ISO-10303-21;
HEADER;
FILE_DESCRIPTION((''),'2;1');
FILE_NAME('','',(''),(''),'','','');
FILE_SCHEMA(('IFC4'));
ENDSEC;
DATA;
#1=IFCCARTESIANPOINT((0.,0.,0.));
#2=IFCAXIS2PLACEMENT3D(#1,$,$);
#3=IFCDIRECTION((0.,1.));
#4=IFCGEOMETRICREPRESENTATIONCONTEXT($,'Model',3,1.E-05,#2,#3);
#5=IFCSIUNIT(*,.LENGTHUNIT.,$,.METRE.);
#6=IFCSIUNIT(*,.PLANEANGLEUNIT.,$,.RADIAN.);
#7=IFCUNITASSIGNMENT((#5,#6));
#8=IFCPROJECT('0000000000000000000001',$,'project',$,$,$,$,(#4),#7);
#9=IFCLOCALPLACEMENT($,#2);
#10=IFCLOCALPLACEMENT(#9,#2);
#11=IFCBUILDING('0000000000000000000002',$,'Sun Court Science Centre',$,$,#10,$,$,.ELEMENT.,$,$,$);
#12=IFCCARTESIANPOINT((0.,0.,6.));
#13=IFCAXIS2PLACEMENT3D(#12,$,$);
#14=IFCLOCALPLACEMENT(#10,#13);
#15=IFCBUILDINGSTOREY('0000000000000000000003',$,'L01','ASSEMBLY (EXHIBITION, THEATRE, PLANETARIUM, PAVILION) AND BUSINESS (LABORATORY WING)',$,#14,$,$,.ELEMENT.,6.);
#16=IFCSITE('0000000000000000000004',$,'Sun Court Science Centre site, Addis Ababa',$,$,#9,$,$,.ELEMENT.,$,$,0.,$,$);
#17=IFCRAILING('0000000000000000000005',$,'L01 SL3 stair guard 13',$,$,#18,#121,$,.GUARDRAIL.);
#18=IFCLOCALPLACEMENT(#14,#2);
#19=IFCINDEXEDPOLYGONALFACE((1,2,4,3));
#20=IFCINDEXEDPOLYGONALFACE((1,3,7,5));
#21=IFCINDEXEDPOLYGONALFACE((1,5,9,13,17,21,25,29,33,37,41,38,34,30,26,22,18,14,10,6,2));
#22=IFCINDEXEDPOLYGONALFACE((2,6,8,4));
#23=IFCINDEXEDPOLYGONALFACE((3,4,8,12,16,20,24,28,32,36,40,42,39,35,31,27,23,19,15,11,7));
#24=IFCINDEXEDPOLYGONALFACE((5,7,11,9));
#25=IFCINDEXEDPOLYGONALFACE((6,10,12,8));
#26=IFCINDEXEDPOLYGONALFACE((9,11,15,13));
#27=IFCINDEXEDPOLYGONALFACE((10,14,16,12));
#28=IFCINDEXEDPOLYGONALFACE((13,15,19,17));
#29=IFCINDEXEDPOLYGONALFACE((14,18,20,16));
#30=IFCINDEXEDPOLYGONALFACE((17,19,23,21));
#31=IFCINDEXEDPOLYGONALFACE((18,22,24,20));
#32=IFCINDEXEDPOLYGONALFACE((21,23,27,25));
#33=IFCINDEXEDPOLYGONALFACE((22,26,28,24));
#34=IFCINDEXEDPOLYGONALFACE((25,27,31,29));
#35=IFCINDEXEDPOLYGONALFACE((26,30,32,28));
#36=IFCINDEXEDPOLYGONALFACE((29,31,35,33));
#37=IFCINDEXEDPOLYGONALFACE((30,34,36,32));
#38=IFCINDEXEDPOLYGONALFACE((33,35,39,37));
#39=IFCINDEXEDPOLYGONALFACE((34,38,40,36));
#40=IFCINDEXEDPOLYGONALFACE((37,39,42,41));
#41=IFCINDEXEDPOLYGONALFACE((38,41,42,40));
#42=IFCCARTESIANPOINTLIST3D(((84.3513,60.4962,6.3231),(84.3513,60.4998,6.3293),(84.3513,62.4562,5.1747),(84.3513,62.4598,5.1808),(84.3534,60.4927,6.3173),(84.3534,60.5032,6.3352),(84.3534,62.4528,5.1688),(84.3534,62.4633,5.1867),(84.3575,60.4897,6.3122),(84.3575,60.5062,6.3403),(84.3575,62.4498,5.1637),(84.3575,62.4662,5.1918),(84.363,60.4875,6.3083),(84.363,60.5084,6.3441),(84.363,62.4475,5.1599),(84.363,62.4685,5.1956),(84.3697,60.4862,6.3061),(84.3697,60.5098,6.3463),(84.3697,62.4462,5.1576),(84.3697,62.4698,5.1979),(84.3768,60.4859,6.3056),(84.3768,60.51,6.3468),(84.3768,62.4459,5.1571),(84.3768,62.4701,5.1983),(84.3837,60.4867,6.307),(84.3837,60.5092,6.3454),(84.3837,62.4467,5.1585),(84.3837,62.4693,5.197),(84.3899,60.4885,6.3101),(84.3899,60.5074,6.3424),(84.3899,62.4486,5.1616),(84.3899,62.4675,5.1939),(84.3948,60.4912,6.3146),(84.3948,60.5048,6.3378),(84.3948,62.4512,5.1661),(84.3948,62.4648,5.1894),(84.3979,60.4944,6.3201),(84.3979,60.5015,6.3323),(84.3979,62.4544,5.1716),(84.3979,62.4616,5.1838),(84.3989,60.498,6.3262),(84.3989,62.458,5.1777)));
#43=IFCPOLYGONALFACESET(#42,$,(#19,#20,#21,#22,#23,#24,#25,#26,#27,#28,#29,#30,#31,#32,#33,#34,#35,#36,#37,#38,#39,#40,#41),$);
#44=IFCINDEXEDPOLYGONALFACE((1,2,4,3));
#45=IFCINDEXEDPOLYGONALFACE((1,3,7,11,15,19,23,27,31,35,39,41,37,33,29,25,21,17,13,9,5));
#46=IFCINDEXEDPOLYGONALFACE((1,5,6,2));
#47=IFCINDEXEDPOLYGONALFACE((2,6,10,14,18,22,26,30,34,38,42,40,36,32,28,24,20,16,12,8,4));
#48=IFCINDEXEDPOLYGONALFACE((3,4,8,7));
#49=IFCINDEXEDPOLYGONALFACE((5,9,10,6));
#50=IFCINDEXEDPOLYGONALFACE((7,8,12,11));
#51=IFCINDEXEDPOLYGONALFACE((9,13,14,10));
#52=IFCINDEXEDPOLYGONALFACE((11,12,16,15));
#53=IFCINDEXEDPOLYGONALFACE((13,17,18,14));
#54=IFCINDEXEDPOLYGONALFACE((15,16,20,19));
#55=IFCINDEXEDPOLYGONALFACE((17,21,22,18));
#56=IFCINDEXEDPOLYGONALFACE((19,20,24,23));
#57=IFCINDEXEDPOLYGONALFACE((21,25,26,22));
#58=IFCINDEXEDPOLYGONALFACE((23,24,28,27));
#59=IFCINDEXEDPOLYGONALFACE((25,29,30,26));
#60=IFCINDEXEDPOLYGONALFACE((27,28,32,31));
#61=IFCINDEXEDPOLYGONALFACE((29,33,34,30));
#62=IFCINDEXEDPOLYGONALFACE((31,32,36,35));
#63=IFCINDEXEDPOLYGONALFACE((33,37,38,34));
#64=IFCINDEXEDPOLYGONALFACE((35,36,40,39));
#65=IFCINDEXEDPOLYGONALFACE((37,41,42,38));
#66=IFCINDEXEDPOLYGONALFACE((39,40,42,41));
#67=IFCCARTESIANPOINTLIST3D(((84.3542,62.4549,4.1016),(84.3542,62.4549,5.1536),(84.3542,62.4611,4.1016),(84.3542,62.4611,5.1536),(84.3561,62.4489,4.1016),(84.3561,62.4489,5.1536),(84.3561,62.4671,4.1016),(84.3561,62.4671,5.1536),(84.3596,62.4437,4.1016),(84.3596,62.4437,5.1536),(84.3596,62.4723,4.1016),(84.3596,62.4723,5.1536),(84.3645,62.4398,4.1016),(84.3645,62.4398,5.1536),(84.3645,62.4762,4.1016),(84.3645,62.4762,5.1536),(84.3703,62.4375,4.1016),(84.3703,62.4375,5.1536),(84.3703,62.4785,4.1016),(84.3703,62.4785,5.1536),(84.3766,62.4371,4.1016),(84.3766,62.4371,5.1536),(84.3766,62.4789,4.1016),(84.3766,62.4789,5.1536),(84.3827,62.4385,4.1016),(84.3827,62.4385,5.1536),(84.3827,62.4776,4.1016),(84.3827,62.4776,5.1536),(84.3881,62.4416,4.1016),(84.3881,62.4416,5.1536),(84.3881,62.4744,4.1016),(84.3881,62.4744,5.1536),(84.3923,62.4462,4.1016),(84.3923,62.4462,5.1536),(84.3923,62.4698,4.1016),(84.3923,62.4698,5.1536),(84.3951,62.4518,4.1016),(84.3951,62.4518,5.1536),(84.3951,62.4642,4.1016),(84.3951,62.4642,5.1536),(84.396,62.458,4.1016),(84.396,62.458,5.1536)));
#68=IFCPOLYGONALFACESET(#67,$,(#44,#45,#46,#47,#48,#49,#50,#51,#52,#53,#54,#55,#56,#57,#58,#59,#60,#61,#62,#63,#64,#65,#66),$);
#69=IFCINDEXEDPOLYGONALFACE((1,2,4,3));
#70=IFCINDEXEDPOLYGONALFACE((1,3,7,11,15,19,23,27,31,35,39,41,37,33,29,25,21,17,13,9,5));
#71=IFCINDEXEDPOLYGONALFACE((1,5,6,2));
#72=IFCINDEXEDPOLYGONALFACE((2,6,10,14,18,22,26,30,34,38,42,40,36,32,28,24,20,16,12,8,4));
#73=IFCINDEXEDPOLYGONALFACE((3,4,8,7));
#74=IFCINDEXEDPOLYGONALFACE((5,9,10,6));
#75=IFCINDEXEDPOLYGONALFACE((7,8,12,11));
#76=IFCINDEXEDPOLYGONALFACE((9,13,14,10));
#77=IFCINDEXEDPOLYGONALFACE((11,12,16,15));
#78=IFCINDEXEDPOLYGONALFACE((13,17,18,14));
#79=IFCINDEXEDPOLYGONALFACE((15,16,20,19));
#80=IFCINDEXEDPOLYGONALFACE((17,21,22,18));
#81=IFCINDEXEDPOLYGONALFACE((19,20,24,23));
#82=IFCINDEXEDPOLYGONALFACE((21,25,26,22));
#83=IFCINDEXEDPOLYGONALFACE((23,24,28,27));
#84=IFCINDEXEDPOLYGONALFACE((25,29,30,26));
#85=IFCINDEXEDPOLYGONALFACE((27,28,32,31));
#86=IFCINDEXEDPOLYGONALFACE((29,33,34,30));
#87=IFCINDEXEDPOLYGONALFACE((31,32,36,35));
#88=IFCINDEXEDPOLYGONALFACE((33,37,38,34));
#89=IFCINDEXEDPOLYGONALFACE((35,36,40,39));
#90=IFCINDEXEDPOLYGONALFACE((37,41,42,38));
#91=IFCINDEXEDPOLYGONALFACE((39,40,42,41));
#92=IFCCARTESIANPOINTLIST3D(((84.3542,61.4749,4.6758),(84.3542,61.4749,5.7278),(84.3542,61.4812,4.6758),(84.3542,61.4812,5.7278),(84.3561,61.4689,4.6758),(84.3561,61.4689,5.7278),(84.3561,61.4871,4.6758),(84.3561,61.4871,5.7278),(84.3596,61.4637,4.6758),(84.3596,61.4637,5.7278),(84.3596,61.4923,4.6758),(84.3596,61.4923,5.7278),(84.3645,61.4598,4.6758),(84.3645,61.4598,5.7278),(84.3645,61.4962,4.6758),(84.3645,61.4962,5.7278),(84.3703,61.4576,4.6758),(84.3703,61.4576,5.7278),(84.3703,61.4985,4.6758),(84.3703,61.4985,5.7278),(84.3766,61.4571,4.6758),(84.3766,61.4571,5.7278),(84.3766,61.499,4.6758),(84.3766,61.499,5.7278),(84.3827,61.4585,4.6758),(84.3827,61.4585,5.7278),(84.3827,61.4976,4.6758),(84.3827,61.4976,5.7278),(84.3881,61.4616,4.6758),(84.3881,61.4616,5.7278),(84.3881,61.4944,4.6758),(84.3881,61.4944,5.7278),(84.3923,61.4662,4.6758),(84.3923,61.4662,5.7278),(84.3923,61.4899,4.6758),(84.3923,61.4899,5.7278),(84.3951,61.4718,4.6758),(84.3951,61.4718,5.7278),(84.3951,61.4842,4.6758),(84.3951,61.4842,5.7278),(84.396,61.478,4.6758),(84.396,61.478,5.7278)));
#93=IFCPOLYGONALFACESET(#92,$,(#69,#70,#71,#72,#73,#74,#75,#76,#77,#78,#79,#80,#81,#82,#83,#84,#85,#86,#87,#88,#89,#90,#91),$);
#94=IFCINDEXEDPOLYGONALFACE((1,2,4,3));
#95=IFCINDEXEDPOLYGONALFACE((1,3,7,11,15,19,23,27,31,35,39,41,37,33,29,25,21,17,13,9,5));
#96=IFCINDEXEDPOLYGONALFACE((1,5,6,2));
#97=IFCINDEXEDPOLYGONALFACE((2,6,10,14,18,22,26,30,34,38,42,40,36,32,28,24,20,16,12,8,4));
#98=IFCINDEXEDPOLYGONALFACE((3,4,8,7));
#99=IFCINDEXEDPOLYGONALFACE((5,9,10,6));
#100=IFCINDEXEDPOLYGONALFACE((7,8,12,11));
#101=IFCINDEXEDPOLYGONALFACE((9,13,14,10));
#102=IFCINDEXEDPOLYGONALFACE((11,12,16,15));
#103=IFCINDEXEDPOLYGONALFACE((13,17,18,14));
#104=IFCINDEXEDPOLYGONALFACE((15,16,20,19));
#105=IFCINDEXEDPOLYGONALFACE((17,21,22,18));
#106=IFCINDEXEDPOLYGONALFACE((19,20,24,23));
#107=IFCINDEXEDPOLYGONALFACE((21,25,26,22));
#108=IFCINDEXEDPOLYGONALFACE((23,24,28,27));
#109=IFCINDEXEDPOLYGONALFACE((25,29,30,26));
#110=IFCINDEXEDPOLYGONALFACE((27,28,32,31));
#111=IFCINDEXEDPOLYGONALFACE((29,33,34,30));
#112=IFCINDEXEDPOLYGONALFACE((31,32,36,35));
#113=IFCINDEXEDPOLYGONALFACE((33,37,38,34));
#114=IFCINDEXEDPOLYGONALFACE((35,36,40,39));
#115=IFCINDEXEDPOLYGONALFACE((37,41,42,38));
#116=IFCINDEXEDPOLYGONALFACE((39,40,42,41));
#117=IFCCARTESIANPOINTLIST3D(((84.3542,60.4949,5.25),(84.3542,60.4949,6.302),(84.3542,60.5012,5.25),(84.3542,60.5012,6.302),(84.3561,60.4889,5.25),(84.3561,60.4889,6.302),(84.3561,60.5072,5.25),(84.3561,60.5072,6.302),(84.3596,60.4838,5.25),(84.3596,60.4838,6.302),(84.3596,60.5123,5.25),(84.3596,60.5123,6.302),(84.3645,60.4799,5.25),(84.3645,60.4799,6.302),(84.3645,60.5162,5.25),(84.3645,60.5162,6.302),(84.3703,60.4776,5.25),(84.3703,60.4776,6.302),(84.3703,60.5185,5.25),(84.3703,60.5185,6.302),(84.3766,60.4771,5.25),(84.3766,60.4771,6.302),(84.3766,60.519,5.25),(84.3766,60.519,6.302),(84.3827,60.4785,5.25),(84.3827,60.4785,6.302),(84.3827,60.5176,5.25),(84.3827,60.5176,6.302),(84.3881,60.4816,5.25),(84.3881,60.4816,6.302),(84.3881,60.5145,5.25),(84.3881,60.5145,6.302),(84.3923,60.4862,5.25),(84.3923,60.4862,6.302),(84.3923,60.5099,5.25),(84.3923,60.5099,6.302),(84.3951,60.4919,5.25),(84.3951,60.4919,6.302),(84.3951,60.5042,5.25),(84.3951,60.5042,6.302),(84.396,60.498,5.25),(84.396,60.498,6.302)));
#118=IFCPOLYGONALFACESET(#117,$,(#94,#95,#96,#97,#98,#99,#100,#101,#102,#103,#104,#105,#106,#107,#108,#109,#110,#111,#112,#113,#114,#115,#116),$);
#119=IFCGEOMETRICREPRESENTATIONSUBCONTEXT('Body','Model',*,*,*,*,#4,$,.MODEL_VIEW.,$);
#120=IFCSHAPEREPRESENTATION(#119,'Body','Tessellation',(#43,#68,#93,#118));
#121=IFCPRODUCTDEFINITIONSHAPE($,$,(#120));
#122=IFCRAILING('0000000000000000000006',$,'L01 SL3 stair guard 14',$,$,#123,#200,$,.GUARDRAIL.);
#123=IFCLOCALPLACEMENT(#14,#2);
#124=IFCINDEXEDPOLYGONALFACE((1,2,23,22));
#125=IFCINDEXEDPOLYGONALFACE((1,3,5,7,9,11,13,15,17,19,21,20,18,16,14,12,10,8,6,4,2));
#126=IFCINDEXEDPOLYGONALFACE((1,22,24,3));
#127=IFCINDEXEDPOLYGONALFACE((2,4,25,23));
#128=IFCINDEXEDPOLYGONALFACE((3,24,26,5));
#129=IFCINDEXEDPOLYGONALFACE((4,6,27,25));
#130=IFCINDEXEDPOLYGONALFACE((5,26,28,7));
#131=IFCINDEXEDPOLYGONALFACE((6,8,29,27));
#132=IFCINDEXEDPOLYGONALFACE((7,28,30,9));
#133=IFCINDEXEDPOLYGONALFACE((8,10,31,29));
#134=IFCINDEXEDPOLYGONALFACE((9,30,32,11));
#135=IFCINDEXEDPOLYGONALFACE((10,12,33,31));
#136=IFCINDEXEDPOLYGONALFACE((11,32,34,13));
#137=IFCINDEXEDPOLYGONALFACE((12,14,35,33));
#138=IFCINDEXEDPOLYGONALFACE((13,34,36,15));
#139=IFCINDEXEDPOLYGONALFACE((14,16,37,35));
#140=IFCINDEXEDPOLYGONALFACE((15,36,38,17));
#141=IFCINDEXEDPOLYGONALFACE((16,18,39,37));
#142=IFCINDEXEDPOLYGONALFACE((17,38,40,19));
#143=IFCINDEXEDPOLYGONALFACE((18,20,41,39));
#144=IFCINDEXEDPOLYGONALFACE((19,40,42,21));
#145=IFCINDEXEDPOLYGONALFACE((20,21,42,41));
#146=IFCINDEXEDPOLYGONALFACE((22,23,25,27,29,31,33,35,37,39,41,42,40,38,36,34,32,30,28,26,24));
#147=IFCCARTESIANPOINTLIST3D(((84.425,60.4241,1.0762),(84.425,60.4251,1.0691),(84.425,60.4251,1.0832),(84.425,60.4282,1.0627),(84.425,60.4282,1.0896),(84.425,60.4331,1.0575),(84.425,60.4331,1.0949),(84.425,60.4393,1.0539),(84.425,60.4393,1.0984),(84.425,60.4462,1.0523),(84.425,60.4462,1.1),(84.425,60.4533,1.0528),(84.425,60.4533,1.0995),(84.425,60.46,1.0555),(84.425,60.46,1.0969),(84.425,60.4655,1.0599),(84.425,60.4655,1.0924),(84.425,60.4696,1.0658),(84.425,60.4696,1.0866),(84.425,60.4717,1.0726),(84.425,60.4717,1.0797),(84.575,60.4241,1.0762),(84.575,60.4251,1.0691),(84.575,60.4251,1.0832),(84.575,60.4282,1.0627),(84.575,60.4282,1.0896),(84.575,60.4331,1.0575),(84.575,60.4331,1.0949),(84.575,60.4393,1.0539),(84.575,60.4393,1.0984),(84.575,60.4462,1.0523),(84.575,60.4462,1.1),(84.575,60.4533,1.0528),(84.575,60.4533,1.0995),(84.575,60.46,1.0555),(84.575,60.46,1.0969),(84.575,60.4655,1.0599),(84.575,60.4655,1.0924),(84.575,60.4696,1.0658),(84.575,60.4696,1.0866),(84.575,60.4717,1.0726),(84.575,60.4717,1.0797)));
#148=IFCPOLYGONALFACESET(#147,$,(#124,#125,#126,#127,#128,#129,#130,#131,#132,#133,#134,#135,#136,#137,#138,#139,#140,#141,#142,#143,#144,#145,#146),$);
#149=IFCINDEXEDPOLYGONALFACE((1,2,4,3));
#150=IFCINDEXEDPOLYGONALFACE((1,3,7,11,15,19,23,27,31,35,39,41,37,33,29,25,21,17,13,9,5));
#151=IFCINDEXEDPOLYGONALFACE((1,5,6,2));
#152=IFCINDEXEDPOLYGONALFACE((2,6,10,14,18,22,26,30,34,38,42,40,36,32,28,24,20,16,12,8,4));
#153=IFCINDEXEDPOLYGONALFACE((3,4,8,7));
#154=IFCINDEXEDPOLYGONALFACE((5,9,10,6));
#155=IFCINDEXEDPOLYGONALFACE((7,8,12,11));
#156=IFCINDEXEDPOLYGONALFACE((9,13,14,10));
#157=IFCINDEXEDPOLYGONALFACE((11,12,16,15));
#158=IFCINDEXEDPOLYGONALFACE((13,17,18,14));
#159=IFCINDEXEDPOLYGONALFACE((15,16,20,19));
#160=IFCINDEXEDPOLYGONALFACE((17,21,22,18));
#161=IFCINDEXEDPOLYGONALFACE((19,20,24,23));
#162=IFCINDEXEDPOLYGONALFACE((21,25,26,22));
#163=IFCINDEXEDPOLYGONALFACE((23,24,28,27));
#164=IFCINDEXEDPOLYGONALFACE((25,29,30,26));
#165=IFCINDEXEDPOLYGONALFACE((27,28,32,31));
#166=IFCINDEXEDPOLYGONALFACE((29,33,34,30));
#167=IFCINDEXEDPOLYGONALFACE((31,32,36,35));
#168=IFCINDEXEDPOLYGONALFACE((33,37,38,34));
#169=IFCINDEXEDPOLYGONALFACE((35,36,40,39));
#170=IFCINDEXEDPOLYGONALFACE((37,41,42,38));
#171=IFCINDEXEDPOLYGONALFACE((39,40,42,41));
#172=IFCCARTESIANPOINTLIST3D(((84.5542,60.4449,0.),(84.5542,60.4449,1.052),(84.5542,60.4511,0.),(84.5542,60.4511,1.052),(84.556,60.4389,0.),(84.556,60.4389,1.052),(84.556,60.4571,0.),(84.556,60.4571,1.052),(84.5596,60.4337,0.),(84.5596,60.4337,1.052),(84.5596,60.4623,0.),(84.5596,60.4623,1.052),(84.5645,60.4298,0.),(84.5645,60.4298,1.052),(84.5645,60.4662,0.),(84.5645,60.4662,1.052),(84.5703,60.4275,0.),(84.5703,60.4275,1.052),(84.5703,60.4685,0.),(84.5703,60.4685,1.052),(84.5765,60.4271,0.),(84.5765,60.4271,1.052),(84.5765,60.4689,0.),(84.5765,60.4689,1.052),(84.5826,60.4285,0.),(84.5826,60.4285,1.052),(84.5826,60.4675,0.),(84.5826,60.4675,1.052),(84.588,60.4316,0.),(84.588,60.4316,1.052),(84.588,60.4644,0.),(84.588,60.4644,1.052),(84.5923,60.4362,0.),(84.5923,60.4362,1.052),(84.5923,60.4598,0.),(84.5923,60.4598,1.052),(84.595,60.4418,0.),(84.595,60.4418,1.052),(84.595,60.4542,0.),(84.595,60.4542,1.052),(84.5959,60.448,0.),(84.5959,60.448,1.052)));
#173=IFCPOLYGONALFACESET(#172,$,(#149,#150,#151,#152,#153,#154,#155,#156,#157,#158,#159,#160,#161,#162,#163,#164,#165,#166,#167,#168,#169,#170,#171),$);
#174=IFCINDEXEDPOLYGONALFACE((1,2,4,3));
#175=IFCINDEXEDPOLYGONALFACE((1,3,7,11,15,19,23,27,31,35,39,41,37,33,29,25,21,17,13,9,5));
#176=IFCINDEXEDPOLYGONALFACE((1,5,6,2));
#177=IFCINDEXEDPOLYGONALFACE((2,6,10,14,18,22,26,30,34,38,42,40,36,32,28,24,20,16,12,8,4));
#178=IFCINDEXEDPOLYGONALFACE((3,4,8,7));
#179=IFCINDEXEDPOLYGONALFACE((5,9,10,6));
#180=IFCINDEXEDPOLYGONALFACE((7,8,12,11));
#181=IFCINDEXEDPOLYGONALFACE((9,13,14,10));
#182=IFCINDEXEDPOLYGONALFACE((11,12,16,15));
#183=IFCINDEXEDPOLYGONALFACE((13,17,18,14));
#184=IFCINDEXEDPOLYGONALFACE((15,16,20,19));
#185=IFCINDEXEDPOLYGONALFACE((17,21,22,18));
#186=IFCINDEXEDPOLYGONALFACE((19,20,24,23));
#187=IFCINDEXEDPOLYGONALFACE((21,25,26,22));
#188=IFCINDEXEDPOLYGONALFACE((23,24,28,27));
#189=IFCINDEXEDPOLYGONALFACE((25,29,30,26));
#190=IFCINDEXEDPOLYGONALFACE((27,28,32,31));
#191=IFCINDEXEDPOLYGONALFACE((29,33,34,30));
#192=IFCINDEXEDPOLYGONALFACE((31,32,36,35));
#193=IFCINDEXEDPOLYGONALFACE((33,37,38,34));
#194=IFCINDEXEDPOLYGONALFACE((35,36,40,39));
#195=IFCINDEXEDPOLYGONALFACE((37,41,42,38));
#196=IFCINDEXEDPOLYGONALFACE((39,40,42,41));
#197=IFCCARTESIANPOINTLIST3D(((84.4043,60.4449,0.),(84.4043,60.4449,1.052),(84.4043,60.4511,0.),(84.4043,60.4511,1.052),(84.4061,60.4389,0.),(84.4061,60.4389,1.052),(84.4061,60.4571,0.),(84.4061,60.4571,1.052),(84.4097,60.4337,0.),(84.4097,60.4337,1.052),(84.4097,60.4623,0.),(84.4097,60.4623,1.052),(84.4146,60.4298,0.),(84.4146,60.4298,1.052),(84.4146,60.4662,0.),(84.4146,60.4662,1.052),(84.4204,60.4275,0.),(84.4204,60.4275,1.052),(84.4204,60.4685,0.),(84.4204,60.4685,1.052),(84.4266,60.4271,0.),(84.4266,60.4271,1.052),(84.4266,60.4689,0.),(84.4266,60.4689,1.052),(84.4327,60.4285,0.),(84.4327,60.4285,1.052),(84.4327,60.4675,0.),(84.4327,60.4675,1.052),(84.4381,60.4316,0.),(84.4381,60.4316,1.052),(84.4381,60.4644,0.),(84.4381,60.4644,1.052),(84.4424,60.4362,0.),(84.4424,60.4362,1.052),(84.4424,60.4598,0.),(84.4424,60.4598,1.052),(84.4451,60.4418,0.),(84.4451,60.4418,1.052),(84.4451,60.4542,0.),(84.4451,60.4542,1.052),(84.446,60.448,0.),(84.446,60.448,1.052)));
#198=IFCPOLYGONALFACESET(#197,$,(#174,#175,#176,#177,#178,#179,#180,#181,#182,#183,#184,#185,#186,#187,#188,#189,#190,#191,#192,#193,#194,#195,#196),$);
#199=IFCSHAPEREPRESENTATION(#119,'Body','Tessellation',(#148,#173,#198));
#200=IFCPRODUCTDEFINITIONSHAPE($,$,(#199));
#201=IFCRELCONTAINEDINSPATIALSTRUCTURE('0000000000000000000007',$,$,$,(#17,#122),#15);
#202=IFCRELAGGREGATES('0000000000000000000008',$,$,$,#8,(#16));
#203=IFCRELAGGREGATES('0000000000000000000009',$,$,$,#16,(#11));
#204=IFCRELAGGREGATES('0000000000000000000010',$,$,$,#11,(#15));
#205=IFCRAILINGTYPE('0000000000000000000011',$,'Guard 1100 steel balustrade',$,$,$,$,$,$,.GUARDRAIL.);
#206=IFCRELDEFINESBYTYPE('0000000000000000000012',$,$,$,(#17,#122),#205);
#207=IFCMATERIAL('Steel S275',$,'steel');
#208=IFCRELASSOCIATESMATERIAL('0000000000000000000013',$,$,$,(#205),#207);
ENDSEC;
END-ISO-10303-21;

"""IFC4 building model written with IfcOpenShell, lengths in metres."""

from ifc_helpers import new_model, si_unit, direction, frame, origin, origin_2d, place, context, subcontext, project, spatial, circle, extrude, material, type_object, element, save


model = new_model("IFC4")

# Units and contexts
model_context = context("Model", 3, precision=1e-05, world=origin(), true_north=direction((0.0, 1.0)))
body_context = subcontext(model_context, "Body", "Model", "MODEL_VIEW")
ifc_project = project(units=[si_unit("LENGTHUNIT", "METRE"), si_unit("PLANEANGLEUNIT", "RADIAN")], contexts=[model_context])

# Site, building, storey
site_placement = place(None, origin())
site = spatial("IfcSite", under=ifc_project, at=site_placement, Name="Sun Court Science Centre site, Addis Ababa", CompositionType="ELEMENT", RefElevation=0.0)
building_placement = place(site_placement, origin())
building = spatial("IfcBuilding", under=site, at=building_placement, Name="Sun Court Science Centre", CompositionType="ELEMENT")
storey_placement = place(building_placement, frame((0.0, 0.0, 6.0)))
storey = spatial("IfcBuildingStorey", under=building, at=storey_placement, Name="L01", Description="ASSEMBLY (EXHIBITION, THEATRE, PLANETARIUM, PAVILION) AND BUSINESS (LABORATORY WING)", CompositionType="ELEMENT", Elevation=6.0)

# Railings
ifc_material_1 = material(Name="Steel S275", Category="steel")
railing_type_1 = type_object("IfcRailingType", Name="Guard 1100 steel balustrade", PredefinedType="GUARDRAIL", material=ifc_material_1)
railing_1_placement = place(storey_placement, frame((84.375, 62.458, 4.1016)))
element("IfcRailing", 1, at=railing_1_placement, inside=storey, type_object=railing_type_1, Name="L01 SL3 stair guard 13", PredefinedType="GUARDRAIL", context=body_context, shape_type="SweptSolid", body=[
    extrude(circle(Radius=0.0239, at=origin_2d()), frame((0.0, 0.0, 1.0762), z_axis=(0.0, -0.862795, 0.505554), x_axis=(1.0, 0.0, 0.0)), (0.0, 0.0, 1.0), 2.2717),
    extrude(circle(Radius=0.021, at=origin_2d()), origin(), (0.0, 0.0, 1.0), 1.052),
    extrude(circle(Radius=0.021, at=origin_2d()), frame((0.0, -0.98, 0.5742)), (0.0, 0.0, 1.0), 1.052),
    extrude(circle(Radius=0.021, at=origin_2d()), frame((0.0, -1.96, 1.1484)), (0.0, 0.0, 1.0), 1.052),
])
railing_2_placement = place(storey_placement, frame((84.575, 60.448, 0.0)))
element("IfcRailing", 2, at=railing_2_placement, inside=storey, type_object=railing_type_1, Name="L01 SL3 stair guard 14", PredefinedType="GUARDRAIL", context=body_context, shape_type="SweptSolid", body=[
    extrude(circle(Radius=0.0239, at=origin_2d()), frame((0.0, 0.0, 1.0762), z_axis=(-1.0, 0.0, 0.0), x_axis=(0.0, -1.0, 0.0)), (0.0, 0.0, 1.0), 0.1499),
    extrude(circle(Radius=0.021, at=origin_2d()), origin(), (0.0, 0.0, 1.0), 1.052),
    extrude(circle(Radius=0.021, at=origin_2d()), frame((-0.1499, 0.0, 0.0)), (0.0, 0.0, 1.0), 1.052),
])

save(model, "model.ifc")
